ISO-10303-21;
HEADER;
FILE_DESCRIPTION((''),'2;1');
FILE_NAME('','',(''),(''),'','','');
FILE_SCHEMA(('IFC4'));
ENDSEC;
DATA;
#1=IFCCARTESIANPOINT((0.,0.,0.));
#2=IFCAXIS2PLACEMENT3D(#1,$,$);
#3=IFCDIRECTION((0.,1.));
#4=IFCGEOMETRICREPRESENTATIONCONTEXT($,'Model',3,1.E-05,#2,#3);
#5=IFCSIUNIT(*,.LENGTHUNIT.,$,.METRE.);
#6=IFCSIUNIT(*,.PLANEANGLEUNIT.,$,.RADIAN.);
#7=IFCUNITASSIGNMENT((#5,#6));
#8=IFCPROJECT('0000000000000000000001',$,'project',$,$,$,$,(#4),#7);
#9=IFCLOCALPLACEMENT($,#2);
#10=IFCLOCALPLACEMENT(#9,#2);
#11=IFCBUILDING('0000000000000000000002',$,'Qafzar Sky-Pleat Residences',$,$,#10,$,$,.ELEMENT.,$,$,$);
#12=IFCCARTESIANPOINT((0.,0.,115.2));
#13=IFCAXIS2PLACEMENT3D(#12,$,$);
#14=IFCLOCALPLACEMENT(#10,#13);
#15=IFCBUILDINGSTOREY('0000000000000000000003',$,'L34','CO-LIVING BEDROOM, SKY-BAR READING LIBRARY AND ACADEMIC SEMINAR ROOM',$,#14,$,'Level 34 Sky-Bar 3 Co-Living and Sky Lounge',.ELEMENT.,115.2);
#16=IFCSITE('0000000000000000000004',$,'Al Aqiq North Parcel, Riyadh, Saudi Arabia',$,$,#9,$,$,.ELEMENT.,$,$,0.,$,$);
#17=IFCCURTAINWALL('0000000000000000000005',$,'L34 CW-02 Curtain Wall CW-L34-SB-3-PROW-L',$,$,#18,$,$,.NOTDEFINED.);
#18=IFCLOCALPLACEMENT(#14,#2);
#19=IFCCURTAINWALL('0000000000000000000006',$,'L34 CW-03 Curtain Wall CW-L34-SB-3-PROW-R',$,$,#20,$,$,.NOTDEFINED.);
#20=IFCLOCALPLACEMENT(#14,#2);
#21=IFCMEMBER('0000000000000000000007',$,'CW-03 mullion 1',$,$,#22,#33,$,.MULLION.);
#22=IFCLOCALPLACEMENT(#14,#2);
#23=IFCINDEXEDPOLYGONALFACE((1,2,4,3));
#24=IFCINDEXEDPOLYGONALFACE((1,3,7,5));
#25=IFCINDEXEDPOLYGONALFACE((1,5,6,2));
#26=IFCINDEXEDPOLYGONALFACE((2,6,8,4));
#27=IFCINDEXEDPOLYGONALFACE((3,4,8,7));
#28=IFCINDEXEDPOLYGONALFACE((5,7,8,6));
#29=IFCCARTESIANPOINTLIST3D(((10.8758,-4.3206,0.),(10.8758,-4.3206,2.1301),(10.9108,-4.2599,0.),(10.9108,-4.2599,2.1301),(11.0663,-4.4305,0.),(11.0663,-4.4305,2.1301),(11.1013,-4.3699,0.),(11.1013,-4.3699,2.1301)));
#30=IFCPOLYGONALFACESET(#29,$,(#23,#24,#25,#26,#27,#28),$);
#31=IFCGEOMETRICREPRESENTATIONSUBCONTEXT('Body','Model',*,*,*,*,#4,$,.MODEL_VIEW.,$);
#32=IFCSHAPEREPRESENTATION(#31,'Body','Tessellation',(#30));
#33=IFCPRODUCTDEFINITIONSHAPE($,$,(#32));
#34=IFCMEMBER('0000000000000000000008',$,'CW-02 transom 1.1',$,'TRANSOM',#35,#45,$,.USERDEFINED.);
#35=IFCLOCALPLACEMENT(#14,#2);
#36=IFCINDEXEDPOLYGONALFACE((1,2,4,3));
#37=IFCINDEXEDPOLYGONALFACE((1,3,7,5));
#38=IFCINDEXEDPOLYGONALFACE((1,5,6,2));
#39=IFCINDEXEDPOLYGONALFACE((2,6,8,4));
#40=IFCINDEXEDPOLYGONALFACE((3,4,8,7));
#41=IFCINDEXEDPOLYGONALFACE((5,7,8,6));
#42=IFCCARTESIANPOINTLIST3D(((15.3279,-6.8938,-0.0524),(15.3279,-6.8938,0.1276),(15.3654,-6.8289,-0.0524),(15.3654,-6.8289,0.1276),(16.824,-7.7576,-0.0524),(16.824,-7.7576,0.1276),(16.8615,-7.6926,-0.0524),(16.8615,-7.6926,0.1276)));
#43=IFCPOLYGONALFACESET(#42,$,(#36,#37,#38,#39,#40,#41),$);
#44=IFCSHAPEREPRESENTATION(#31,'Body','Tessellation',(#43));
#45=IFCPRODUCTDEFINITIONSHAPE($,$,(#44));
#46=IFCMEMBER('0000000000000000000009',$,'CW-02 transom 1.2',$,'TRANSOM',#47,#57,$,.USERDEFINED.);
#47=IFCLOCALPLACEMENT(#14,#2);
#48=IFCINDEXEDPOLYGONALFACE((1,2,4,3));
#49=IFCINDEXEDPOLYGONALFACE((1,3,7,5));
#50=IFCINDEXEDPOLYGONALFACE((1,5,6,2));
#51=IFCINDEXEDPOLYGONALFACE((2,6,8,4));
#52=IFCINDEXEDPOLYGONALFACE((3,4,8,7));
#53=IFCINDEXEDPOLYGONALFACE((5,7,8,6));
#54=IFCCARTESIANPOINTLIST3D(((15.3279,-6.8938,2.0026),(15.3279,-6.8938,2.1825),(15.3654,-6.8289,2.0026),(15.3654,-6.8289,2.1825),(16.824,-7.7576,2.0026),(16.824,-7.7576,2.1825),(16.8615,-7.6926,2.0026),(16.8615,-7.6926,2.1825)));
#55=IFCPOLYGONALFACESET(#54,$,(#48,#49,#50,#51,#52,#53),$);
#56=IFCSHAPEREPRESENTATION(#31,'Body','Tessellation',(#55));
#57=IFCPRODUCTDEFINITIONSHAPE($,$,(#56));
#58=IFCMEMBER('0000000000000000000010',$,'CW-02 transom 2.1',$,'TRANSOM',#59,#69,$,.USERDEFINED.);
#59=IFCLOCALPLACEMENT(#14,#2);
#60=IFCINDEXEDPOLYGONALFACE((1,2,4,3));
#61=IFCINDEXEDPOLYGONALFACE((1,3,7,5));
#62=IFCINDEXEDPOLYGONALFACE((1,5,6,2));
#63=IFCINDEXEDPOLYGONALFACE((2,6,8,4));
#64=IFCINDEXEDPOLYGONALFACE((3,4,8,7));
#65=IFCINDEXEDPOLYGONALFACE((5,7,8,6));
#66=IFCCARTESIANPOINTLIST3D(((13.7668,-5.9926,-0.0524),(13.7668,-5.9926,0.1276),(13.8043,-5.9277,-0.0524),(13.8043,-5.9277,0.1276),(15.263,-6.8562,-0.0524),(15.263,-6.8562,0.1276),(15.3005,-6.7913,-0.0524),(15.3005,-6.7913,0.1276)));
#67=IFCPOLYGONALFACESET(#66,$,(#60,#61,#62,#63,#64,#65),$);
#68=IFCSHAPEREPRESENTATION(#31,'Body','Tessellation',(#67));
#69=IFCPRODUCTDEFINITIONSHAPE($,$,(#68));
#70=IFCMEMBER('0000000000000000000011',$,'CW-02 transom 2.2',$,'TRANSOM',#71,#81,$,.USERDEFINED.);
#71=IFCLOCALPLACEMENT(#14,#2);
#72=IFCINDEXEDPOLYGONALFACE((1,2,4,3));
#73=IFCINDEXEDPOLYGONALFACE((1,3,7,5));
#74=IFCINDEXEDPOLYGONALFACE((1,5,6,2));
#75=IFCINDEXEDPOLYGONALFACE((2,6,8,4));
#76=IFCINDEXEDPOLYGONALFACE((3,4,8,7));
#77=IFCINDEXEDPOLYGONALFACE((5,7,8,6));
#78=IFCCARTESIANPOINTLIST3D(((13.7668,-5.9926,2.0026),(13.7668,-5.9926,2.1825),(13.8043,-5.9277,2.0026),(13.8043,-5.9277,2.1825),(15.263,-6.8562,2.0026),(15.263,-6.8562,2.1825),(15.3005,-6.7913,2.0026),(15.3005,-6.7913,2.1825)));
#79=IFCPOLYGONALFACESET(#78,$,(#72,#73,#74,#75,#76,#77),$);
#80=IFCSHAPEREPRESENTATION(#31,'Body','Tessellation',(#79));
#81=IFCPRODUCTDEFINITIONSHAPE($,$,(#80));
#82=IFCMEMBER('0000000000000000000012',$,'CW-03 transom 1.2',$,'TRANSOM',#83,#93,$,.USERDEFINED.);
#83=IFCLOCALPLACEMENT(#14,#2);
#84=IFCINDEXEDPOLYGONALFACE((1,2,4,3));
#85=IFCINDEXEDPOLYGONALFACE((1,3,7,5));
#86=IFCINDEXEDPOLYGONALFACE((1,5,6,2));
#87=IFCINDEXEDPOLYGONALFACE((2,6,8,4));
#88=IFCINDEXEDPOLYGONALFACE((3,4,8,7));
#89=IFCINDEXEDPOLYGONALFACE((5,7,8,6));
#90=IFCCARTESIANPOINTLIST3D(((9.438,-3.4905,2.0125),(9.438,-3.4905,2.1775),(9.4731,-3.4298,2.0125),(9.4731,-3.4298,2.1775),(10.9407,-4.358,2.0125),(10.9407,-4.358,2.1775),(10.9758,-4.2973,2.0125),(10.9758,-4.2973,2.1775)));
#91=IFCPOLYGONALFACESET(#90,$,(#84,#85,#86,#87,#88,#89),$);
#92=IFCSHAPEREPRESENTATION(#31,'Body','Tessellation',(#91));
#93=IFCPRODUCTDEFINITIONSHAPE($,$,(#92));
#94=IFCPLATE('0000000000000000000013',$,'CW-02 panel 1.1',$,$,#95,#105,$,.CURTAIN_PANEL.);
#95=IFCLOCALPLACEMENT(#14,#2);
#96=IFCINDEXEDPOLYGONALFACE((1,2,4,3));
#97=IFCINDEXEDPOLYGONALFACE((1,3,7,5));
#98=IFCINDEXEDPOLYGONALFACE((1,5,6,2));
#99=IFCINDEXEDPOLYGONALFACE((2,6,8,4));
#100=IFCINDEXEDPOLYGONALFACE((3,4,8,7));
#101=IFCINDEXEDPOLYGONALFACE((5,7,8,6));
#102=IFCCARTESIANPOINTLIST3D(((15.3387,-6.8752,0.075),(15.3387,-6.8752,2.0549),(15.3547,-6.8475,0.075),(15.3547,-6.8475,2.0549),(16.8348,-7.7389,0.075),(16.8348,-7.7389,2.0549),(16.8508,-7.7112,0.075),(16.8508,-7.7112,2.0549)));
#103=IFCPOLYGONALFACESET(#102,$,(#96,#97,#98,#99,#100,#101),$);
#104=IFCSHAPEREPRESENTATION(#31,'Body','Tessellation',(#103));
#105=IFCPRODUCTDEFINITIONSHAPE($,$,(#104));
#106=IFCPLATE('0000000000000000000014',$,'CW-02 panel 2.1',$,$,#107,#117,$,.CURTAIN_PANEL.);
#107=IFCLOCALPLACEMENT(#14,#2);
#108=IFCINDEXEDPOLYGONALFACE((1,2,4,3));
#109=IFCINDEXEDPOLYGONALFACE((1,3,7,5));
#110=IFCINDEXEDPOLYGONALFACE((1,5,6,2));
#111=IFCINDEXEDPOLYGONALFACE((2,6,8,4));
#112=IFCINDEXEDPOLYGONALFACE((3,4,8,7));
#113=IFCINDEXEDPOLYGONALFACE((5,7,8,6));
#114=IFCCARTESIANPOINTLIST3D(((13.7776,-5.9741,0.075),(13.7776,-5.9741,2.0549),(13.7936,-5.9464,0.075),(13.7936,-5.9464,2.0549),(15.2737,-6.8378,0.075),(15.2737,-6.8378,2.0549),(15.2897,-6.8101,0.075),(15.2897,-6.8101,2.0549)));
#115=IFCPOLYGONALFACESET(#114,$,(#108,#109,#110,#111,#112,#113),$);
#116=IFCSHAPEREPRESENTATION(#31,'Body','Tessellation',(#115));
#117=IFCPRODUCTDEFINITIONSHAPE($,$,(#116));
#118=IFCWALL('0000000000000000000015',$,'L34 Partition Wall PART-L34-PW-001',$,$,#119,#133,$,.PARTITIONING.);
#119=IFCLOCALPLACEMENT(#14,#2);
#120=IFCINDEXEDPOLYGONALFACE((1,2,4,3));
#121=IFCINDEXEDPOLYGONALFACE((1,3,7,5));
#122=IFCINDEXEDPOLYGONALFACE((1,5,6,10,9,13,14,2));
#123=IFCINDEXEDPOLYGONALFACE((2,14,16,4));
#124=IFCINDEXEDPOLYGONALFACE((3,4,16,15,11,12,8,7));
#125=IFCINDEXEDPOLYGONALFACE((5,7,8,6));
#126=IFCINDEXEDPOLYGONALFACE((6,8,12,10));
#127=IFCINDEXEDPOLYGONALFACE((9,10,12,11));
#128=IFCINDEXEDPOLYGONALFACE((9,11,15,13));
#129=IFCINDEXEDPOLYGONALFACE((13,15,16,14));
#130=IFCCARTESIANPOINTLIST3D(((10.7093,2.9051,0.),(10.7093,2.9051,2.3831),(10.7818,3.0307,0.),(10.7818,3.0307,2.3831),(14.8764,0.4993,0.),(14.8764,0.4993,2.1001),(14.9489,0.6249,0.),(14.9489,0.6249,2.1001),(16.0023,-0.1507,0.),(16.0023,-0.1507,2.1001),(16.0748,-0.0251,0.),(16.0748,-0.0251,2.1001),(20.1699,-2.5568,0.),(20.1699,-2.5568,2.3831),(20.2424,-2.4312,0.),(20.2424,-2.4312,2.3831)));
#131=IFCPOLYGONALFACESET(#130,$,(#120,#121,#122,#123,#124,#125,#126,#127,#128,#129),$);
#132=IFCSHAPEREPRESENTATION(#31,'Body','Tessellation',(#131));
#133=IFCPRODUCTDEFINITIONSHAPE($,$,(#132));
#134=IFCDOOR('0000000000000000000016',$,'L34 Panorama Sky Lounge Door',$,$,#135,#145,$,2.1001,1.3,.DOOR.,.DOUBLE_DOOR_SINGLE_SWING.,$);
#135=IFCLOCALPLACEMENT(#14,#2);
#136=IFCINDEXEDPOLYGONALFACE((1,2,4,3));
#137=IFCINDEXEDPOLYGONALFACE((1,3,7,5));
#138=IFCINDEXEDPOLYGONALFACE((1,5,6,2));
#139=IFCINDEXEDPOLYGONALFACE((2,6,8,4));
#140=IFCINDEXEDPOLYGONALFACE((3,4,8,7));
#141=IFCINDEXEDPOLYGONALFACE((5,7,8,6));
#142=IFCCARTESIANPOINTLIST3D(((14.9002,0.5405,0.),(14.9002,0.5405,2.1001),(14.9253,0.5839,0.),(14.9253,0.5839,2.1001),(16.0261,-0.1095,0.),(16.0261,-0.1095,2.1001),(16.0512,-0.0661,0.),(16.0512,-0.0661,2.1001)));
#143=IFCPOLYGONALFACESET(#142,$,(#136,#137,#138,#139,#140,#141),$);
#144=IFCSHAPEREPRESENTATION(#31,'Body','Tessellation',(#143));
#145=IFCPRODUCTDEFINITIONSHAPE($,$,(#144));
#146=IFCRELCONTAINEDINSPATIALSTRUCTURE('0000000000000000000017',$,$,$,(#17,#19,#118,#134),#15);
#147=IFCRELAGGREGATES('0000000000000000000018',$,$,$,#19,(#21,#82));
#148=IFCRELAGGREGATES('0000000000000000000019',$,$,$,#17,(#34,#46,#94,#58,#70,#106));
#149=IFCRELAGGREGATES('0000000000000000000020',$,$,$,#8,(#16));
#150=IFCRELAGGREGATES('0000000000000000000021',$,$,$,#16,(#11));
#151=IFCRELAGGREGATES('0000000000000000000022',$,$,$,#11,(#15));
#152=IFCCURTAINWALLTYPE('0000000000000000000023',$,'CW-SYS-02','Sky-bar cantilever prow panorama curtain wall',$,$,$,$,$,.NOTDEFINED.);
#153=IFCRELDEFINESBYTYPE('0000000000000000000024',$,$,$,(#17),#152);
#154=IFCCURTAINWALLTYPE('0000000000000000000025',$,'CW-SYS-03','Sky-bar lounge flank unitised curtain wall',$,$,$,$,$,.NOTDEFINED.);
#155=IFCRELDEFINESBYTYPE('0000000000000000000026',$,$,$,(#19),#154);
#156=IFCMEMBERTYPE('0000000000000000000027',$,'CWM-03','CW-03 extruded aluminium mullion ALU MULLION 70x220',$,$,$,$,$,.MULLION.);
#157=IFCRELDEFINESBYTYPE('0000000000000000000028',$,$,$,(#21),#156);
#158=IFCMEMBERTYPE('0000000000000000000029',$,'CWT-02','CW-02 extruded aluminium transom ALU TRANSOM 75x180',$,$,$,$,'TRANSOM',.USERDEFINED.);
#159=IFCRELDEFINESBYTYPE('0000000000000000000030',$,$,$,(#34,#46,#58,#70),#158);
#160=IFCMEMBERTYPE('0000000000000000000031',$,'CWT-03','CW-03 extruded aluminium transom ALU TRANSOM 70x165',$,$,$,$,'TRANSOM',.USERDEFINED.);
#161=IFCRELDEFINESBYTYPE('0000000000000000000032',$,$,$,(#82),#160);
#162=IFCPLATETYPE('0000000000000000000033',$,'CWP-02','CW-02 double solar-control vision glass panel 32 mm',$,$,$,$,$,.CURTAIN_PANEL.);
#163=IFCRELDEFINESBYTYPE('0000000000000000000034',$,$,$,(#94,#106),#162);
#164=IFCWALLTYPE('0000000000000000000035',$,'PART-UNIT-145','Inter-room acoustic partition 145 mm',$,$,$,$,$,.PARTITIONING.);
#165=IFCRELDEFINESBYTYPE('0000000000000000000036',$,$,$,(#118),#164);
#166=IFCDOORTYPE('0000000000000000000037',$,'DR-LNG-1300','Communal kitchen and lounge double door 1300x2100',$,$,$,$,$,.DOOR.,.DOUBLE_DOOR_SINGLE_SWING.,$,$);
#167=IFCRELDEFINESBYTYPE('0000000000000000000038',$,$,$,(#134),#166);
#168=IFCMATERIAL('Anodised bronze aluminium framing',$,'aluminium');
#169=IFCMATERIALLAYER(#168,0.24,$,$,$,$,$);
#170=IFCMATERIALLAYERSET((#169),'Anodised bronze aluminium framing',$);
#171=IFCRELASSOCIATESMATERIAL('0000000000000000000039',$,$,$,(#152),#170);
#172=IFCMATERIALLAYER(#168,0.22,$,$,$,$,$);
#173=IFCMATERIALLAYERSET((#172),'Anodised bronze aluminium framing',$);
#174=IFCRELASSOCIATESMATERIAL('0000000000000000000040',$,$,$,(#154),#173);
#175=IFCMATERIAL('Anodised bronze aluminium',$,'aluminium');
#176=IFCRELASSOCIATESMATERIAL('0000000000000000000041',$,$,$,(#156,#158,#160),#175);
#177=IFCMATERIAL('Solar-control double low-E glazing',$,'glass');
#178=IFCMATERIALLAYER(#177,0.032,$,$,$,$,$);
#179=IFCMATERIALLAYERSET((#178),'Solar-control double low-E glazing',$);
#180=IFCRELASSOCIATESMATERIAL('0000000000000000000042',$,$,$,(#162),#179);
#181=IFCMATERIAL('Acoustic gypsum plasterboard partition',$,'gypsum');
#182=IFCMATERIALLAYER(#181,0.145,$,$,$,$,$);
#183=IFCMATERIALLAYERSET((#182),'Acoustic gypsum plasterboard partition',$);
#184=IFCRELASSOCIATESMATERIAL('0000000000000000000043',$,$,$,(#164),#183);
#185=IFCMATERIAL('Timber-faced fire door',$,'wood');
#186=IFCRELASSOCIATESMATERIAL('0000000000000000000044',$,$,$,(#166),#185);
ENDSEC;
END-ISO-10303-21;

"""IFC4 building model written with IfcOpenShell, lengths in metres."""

from ifc_helpers import new_model, si_unit, direction, frame, frame_2d, origin, origin_2d, place, context, subcontext, project, spatial, rectangle, extrude, source, transform, mapped, material, layer, layer_set, material_profile, profile_set, type_object, element, fill, aggregate, save


model = new_model("IFC4")

# Units and contexts
model_context = context("Model", 3, precision=1e-05, world=origin(), true_north=direction((0.0, 1.0)))
body_context = subcontext(model_context, "Body", "Model", "MODEL_VIEW")
ifc_project = project(units=[si_unit("LENGTHUNIT", "METRE"), si_unit("PLANEANGLEUNIT", "RADIAN")], contexts=[model_context])

# Site, building, storey
site_placement = place(None, origin())
site = spatial("IfcSite", under=ifc_project, at=site_placement, Name="Al Aqiq North Parcel, Riyadh, Saudi Arabia", CompositionType="ELEMENT", RefElevation=0.0)
building_placement = place(site_placement, origin())
building = spatial("IfcBuilding", under=site, at=building_placement, Name="Qafzar Sky-Pleat Residences", CompositionType="ELEMENT")
storey_placement = place(building_placement, frame((0.0, 0.0, 115.2)))
storey = spatial("IfcBuildingStorey", under=building, at=storey_placement, Name="L34", Description="CO-LIVING BEDROOM, SKY-BAR READING LIBRARY AND ACADEMIC SEMINAR ROOM", LongName="Level 34 Sky-Bar 3 Co-Living and Sky Lounge", CompositionType="ELEMENT", Elevation=115.2)

# Curtain wall
ifc_material_1 = material(Name="Anodised bronze aluminium framing", Category="aluminium")
ifc_layer_1 = layer(ifc_material_1, 0.24)
ifc_layer_set_1 = layer_set([ifc_layer_1], Name="Anodised bronze aluminium framing")
curtain_wall_type_1 = type_object("IfcCurtainWallType", Name="CW-SYS-02", Description="Sky-bar cantilever prow panorama curtain wall", PredefinedType="NOTDEFINED", material=ifc_layer_set_1)
curtain_wall_1_placement = place(storey_placement, origin())
curtain_wall_1 = element("IfcCurtainWall", 1, at=curtain_wall_1_placement, inside=storey, type_object=curtain_wall_type_1, Name="L34 CW-02 Curtain Wall CW-L34-SB-3-PROW-L", PredefinedType="NOTDEFINED")
ifc_material_2 = material(Name="Anodised bronze aluminium", Category="aluminium")

# Curtain wall, member
ifc_layer_2 = layer(ifc_material_1, 0.22)
ifc_layer_set_2 = layer_set([ifc_layer_2], Name="Anodised bronze aluminium framing")
curtain_wall_type_2 = type_object("IfcCurtainWallType", Name="CW-SYS-03", Description="Sky-bar lounge flank unitised curtain wall", PredefinedType="NOTDEFINED", material=ifc_layer_set_2)
curtain_wall_2_placement = place(storey_placement, origin())
curtain_wall_2 = element("IfcCurtainWall", 2, at=curtain_wall_2_placement, inside=storey, type_object=curtain_wall_type_2, Name="L34 CW-03 Curtain Wall CW-L34-SB-3-PROW-R", PredefinedType="NOTDEFINED")
ifc_material_profile_1 = material_profile(ifc_material_2, rectangle(XDim=0.0701, YDim=0.22, at=origin_2d()), Name="ALU MULLION 70x220")
ifc_profile_set_1 = profile_set([ifc_material_profile_1], Name="Anodised bronze aluminium")
member_type_1 = type_object("IfcMemberType", Name="CWM-03", Description="CW-03 extruded aluminium mullion ALU MULLION 70x220", PredefinedType="MULLION", material=ifc_profile_set_1)
shared_shape_1 = source(origin(), body_context, "Body", "SweptSolid", [
    extrude(rectangle(XDim=0.0701, YDim=0.22, at=origin_2d()), origin(), (0.0, 0.0, 1.0), 2.1301),
])
member_1_placement = place(storey_placement, frame((10.9885, -4.3452, 0.0), z_axis=(0.0, 0.0, 1.0), x_axis=(-0.499997, -0.866027, 0.0)))
member_1 = element("IfcMember", 3, at=member_1_placement, type_object=member_type_1, Name="CW-03 mullion 1", PredefinedType="MULLION", context=body_context, shape_type="MappedRepresentation", body=[
    mapped(shared_shape_1, transform((0.0, 0.0, 0.0), x_axis=(1.0, 0.0, 0.0), y_axis=(0.0, 1.0, 0.0), z_axis=(0.0, 0.0, 1.0), scale=1.0)),
])

# Members
ifc_material_profile_2 = material_profile(ifc_material_2, rectangle(XDim=0.075, YDim=0.1799, at=origin_2d()), Name="ALU TRANSOM 75x180")
ifc_profile_set_2 = profile_set([ifc_material_profile_2], Name="Anodised bronze aluminium")
member_type_2 = type_object("IfcMemberType", Name="CWT-02", Description="CW-02 extruded aluminium transom ALU TRANSOM 75x180", ElementType="TRANSOM", PredefinedType="USERDEFINED", material=ifc_profile_set_2)
shared_shape_2 = source(origin(), body_context, "Body", "SweptSolid", [
    extrude(rectangle(XDim=0.075, YDim=0.1799, at=origin_2d()), origin(), (0.0, 0.0, 1.0), 1.7275),
])
member_2_placement = place(storey_placement, frame((16.8428, -7.7251, 0.0376), z_axis=(-0.866026, 0.5, 0.0), x_axis=(-0.5, -0.866026, 0.0)))
member_2 = element("IfcMember", 4, at=member_2_placement, type_object=member_type_2, Name="CW-02 transom 1.1", ObjectType="TRANSOM", PredefinedType="USERDEFINED", context=body_context, shape_type="MappedRepresentation", body=[
    mapped(shared_shape_2, transform((0.0, 0.0, 0.0), x_axis=(1.0, 0.0, 0.0), y_axis=(0.0, 1.0, 0.0), z_axis=(0.0, 0.0, 1.0), scale=1.0)),
])
member_3_placement = place(storey_placement, frame((16.8428, -7.7251, 2.0925), z_axis=(-0.866026, 0.5, 0.0), x_axis=(-0.5, -0.866026, 0.0)))
member_3 = element("IfcMember", 5, at=member_3_placement, type_object=member_type_2, Name="CW-02 transom 1.2", ObjectType="TRANSOM", PredefinedType="USERDEFINED", context=body_context, shape_type="MappedRepresentation", body=[
    mapped(shared_shape_2, transform((0.0, 0.0, 0.0), x_axis=(1.0, 0.0, 0.0), y_axis=(0.0, 1.0, 0.0), z_axis=(0.0, 0.0, 1.0), scale=1.0)),
])
member_4_placement = place(storey_placement, frame((15.2817, -6.8237, 0.0376), z_axis=(-0.866087, 0.499894, 0.0), x_axis=(-0.499894, -0.866087, 0.0)))
member_4 = element("IfcMember", 6, at=member_4_placement, type_object=member_type_2, Name="CW-02 transom 2.1", ObjectType="TRANSOM", PredefinedType="USERDEFINED", context=body_context, shape_type="MappedRepresentation", body=[
    mapped(shared_shape_2, transform((0.0, 0.0, 0.0), x_axis=(1.0, 0.0, 0.0), y_axis=(0.0, 1.0, 0.0), z_axis=(0.0, 0.0, 1.0), scale=1.0)),
])
member_5_placement = place(storey_placement, frame((15.2817, -6.8237, 2.0925), z_axis=(-0.866087, 0.499894, 0.0), x_axis=(-0.499894, -0.866087, 0.0)))
member_5 = element("IfcMember", 7, at=member_5_placement, type_object=member_type_2, Name="CW-02 transom 2.2", ObjectType="TRANSOM", PredefinedType="USERDEFINED", context=body_context, shape_type="MappedRepresentation", body=[
    mapped(shared_shape_2, transform((0.0, 0.0, 0.0), x_axis=(1.0, 0.0, 0.0), y_axis=(0.0, 1.0, 0.0), z_axis=(0.0, 0.0, 1.0), scale=1.0)),
])
ifc_material_profile_3 = material_profile(ifc_material_2, rectangle(XDim=0.0701, YDim=0.165, at=origin_2d()), Name="ALU TRANSOM 70x165")
ifc_profile_set_3 = profile_set([ifc_material_profile_3], Name="Anodised bronze aluminium")
member_type_3 = type_object("IfcMemberType", Name="CWT-03", Description="CW-03 extruded aluminium transom ALU TRANSOM 70x165", ElementType="TRANSOM", PredefinedType="USERDEFINED", material=ifc_profile_set_3)
shared_shape_3 = source(origin(), body_context, "Body", "SweptSolid", [
    extrude(rectangle(XDim=0.0701, YDim=0.165, at=origin_2d()), origin(), (0.0, 0.0, 1.0), 1.7351),
])
member_6_placement = place(storey_placement, frame((10.9583, -4.3276, 2.095), z_axis=(-0.866061, 0.499938, 0.0), x_axis=(-0.499938, -0.866061, 0.0)))
member_6 = element("IfcMember", 8, at=member_6_placement, type_object=member_type_3, Name="CW-03 transom 1.2", ObjectType="TRANSOM", PredefinedType="USERDEFINED", context=body_context, shape_type="MappedRepresentation", body=[
    mapped(shared_shape_3, transform((0.0, 0.0, 0.0), x_axis=(1.0, 0.0, 0.0), y_axis=(0.0, 1.0, 0.0), z_axis=(0.0, 0.0, 1.0), scale=1.0)),
])
aggregate(curtain_wall_2, [member_1, member_6])

# Plates
ifc_material_3 = material(Name="Solar-control double low-E glazing", Category="glass")
ifc_layer_3 = layer(ifc_material_3, 0.032)
ifc_layer_set_3 = layer_set([ifc_layer_3], Name="Solar-control double low-E glazing")
plate_type = type_object("IfcPlateType", Name="CWP-02", Description="CW-02 double solar-control vision glass panel 32 mm", PredefinedType="CURTAIN_PANEL", material=ifc_layer_set_3)
shared_shape_4 = source(origin(), body_context, "Body", "SweptSolid", [
    extrude(rectangle(XDim=1.7275, YDim=0.032, at=origin_2d()), origin(), (0.0, 0.0, 1.0), 1.98),
])
plate_1_placement = place(storey_placement, frame((16.0947, -7.2932, 0.075), z_axis=(0.0, 0.0, 1.0), x_axis=(-0.866027, 0.499997, 0.0)))
plate_1 = element("IfcPlate", 9, at=plate_1_placement, type_object=plate_type, Name="CW-02 panel 1.1", PredefinedType="CURTAIN_PANEL", context=body_context, shape_type="MappedRepresentation", body=[
    mapped(shared_shape_4, transform((0.0, 0.0, 0.0), x_axis=(1.0, 0.0, 0.0), y_axis=(0.0, 1.0, 0.0), z_axis=(0.0, 0.0, 1.0), scale=1.0)),
])
plate_2_placement = place(storey_placement, frame((14.5337, -6.3921, 0.075), z_axis=(0.0, 0.0, 1.0), x_axis=(-0.866027, 0.499997, 0.0)))
plate_2 = element("IfcPlate", 10, at=plate_2_placement, type_object=plate_type, Name="CW-02 panel 2.1", PredefinedType="CURTAIN_PANEL", context=body_context, shape_type="MappedRepresentation", body=[
    mapped(shared_shape_4, transform((0.0, 0.0, 0.0), x_axis=(1.0, 0.0, 0.0), y_axis=(0.0, 1.0, 0.0), z_axis=(0.0, 0.0, 1.0), scale=1.0)),
])
aggregate(curtain_wall_1, [member_2, member_3, plate_1, member_4, member_5, plate_2])

# Wall, opening, door
ifc_material_4 = material(Name="Acoustic gypsum plasterboard partition", Category="gypsum")
ifc_layer_4 = layer(ifc_material_4, 0.145)
ifc_layer_set_4 = layer_set([ifc_layer_4], Name="Acoustic gypsum plasterboard partition")
wall_type_1 = type_object("IfcWallType", Name="PART-UNIT-145", Description="Inter-room acoustic partition 145 mm", PredefinedType="PARTITIONING", material=ifc_layer_set_4)
wall_1_placement = place(storey_placement, frame((20.2061, -2.4939, 0.0), z_axis=(0.0, 0.0, 1.0), x_axis=(-0.866034, 0.499985, 0.0)))
wall_1 = element("IfcWall", 11, at=wall_1_placement, inside=storey, type_object=wall_type_1, Name="L34 Partition Wall PART-L34-PW-001", PredefinedType="PARTITIONING", context=body_context, shape_type="SweptSolid", body=[
    extrude(rectangle(XDim=10.9241, YDim=0.145, at=frame_2d((5.4619, 0.0))), origin(), (0.0, 0.0, 1.0), 2.3831),
])
opening_1_placement = place(wall_1_placement, frame((4.8123, 0.0, 0.0)))
opening_1 = element("IfcOpeningElement", 12, at=opening_1_placement, cuts=wall_1, PredefinedType="OPENING", context=body_context, shape_type="SweptSolid", body=[
    extrude(rectangle(XDim=1.3, YDim=2.1001, at=frame_2d((0.6499, 1.05))), frame((0.0, 0.0825, 0.0), z_axis=(0.0, -1.0, 0.0), x_axis=(1.0, 0.0, 0.0)), (0.0, 0.0, 1.0), 0.165),
])
ifc_material_5 = material(Name="Timber-faced fire door", Category="wood")
door_type_1 = type_object("IfcDoorType", Name="DR-LNG-1300", Description="Communal kitchen and lounge double door 1300x2100", OperationType="DOUBLE_DOOR_SINGLE_SWING", PredefinedType="DOOR", material=ifc_material_5)
shared_shape_5 = source(origin(), body_context, "Body", "SweptSolid", [
    extrude(rectangle(XDim=1.3, YDim=2.1001, at=frame_2d((0.6499, 1.05))), frame((0.0, 0.0249, 0.0), z_axis=(0.0, -1.0, 0.0), x_axis=(1.0, 0.0, 0.0)), (0.0, 0.0, 1.0), 0.05),
])
door_1_placement = place(opening_1_placement, origin())
door_1 = element("IfcDoor", 13, at=door_1_placement, inside=storey, type_object=door_type_1, Name="L34 Panorama Sky Lounge Door", OperationType="DOUBLE_DOOR_SINGLE_SWING", OverallHeight=2.1001, OverallWidth=1.3, PredefinedType="DOOR", context=body_context, shape_type="MappedRepresentation", body=[
    mapped(shared_shape_5, transform((0.0, 0.0, 0.0), x_axis=(1.0, 0.0, 0.0), y_axis=(0.0, 1.0, 0.0), z_axis=(0.0, 0.0, 1.0), scale=1.0)),
])
fill(opening_1, door_1)

save(model, "model.ifc")
